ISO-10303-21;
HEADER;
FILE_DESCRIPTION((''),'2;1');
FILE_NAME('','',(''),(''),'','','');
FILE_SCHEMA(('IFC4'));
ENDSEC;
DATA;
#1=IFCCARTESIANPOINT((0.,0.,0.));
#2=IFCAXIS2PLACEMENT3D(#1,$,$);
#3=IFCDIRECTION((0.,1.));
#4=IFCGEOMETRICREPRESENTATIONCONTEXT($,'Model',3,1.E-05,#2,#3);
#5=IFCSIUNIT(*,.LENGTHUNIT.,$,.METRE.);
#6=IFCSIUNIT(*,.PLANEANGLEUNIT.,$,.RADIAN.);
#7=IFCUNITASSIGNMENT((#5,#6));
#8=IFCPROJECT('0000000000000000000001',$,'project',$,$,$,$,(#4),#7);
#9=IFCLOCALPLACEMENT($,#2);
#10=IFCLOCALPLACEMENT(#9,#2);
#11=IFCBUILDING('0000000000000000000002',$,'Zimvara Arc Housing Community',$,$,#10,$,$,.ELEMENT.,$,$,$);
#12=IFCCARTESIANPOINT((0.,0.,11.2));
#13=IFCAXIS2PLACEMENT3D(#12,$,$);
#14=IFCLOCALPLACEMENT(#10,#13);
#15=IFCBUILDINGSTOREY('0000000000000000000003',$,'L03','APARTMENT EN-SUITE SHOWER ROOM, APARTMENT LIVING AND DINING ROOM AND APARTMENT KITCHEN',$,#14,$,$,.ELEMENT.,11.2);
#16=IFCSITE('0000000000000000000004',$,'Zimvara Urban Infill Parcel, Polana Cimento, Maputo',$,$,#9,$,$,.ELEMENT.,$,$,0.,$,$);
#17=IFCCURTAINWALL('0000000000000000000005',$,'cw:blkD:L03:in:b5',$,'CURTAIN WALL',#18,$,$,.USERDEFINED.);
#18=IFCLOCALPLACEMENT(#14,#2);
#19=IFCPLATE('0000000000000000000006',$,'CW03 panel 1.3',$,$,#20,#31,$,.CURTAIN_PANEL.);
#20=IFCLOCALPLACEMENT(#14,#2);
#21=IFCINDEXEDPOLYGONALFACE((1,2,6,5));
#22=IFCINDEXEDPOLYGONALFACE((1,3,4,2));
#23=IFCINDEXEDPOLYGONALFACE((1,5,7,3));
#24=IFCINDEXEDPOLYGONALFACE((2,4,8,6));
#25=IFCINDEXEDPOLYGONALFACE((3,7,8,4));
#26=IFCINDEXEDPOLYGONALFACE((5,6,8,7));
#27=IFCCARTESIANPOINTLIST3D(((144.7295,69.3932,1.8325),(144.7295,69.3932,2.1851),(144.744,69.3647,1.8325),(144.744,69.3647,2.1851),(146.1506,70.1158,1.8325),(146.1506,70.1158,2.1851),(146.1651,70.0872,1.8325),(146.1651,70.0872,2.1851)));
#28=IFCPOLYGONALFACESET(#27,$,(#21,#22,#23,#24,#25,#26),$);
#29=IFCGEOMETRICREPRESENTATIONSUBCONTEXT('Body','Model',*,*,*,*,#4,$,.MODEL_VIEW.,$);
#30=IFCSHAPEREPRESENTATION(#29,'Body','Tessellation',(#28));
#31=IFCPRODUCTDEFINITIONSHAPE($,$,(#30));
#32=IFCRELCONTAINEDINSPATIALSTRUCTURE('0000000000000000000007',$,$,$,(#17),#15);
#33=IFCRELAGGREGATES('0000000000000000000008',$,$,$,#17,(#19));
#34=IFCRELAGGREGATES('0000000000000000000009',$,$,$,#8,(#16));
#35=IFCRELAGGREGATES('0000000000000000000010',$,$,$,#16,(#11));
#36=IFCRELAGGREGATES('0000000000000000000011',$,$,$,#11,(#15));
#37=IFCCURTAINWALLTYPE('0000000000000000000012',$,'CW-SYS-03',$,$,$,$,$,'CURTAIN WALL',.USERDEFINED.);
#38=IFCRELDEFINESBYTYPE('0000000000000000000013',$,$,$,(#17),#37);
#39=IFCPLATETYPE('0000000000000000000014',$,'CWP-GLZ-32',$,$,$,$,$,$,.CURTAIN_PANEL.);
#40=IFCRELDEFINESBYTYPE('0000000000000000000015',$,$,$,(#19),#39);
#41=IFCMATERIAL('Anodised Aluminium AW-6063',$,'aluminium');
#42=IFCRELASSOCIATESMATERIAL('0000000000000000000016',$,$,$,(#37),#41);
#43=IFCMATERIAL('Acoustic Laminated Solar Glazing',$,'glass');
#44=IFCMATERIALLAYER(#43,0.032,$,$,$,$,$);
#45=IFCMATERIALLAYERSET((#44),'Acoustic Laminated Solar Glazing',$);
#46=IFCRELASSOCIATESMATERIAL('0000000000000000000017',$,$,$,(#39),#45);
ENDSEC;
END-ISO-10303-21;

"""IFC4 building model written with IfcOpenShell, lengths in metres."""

from ifc_helpers import new_model, si_unit, direction, frame, origin, origin_2d, place, context, subcontext, project, spatial, rectangle, extrude, material, layer, layer_set, type_object, element, aggregate, save


model = new_model("IFC4")

# Units and contexts
model_context = context("Model", 3, precision=1e-05, world=origin(), true_north=direction((0.0, 1.0)))
body_context = subcontext(model_context, "Body", "Model", "MODEL_VIEW")
ifc_project = project(units=[si_unit("LENGTHUNIT", "METRE"), si_unit("PLANEANGLEUNIT", "RADIAN")], contexts=[model_context])

# Site, building, storey
site_placement = place(None, origin())
site = spatial("IfcSite", under=ifc_project, at=site_placement, Name="Zimvara Urban Infill Parcel, Polana Cimento, Maputo", CompositionType="ELEMENT", RefElevation=0.0)
building_placement = place(site_placement, origin())
building = spatial("IfcBuilding", under=site, at=building_placement, Name="Zimvara Arc Housing Community", CompositionType="ELEMENT")
storey_placement = place(building_placement, frame((0.0, 0.0, 11.2)))
storey = spatial("IfcBuildingStorey", under=building, at=storey_placement, Name="L03", Description="APARTMENT EN-SUITE SHOWER ROOM, APARTMENT LIVING AND DINING ROOM AND APARTMENT KITCHEN", CompositionType="ELEMENT", Elevation=11.2)

# Curtain wall
ifc_material_1 = material(Name="Anodised Aluminium AW-6063", Category="aluminium")
curtain_wall_type_1 = type_object("IfcCurtainWallType", Name="CW-SYS-03", ElementType="CURTAIN WALL", PredefinedType="USERDEFINED", material=ifc_material_1)
curtain_wall_1_placement = place(storey_placement, origin())
curtain_wall_1 = element("IfcCurtainWall", 1, at=curtain_wall_1_placement, inside=storey, type_object=curtain_wall_type_1, Name="cw:blkD:L03:in:b5", ObjectType="CURTAIN WALL", PredefinedType="USERDEFINED")

# Plate
ifc_material_2 = material(Name="Acoustic Laminated Solar Glazing", Category="glass")
ifc_layer_1 = layer(ifc_material_2, 0.032)
ifc_layer_set_1 = layer_set([ifc_layer_1], Name="Acoustic Laminated Solar Glazing")
plate_type_1 = type_object("IfcPlateType", Name="CWP-GLZ-32", PredefinedType="CURTAIN_PANEL", material=ifc_layer_set_1)
plate_1_placement = place(storey_placement, frame((145.4473, 69.7402, 1.8325), z_axis=(0.0, 0.0, 1.0), x_axis=(0.891403, 0.453211, 0.0)))
plate_1 = element("IfcPlate", 2, at=plate_1_placement, type_object=plate_type_1, Name="CW03 panel 1.3", PredefinedType="CURTAIN_PANEL", context=body_context, shape_type="SweptSolid", body=[
    extrude(rectangle(XDim=1.5942, YDim=0.032, at=origin_2d()), origin(), (0.0, 0.0, 1.0), 0.3525),
])
aggregate(curtain_wall_1, [plate_1])

save(model, "model.ifc")
